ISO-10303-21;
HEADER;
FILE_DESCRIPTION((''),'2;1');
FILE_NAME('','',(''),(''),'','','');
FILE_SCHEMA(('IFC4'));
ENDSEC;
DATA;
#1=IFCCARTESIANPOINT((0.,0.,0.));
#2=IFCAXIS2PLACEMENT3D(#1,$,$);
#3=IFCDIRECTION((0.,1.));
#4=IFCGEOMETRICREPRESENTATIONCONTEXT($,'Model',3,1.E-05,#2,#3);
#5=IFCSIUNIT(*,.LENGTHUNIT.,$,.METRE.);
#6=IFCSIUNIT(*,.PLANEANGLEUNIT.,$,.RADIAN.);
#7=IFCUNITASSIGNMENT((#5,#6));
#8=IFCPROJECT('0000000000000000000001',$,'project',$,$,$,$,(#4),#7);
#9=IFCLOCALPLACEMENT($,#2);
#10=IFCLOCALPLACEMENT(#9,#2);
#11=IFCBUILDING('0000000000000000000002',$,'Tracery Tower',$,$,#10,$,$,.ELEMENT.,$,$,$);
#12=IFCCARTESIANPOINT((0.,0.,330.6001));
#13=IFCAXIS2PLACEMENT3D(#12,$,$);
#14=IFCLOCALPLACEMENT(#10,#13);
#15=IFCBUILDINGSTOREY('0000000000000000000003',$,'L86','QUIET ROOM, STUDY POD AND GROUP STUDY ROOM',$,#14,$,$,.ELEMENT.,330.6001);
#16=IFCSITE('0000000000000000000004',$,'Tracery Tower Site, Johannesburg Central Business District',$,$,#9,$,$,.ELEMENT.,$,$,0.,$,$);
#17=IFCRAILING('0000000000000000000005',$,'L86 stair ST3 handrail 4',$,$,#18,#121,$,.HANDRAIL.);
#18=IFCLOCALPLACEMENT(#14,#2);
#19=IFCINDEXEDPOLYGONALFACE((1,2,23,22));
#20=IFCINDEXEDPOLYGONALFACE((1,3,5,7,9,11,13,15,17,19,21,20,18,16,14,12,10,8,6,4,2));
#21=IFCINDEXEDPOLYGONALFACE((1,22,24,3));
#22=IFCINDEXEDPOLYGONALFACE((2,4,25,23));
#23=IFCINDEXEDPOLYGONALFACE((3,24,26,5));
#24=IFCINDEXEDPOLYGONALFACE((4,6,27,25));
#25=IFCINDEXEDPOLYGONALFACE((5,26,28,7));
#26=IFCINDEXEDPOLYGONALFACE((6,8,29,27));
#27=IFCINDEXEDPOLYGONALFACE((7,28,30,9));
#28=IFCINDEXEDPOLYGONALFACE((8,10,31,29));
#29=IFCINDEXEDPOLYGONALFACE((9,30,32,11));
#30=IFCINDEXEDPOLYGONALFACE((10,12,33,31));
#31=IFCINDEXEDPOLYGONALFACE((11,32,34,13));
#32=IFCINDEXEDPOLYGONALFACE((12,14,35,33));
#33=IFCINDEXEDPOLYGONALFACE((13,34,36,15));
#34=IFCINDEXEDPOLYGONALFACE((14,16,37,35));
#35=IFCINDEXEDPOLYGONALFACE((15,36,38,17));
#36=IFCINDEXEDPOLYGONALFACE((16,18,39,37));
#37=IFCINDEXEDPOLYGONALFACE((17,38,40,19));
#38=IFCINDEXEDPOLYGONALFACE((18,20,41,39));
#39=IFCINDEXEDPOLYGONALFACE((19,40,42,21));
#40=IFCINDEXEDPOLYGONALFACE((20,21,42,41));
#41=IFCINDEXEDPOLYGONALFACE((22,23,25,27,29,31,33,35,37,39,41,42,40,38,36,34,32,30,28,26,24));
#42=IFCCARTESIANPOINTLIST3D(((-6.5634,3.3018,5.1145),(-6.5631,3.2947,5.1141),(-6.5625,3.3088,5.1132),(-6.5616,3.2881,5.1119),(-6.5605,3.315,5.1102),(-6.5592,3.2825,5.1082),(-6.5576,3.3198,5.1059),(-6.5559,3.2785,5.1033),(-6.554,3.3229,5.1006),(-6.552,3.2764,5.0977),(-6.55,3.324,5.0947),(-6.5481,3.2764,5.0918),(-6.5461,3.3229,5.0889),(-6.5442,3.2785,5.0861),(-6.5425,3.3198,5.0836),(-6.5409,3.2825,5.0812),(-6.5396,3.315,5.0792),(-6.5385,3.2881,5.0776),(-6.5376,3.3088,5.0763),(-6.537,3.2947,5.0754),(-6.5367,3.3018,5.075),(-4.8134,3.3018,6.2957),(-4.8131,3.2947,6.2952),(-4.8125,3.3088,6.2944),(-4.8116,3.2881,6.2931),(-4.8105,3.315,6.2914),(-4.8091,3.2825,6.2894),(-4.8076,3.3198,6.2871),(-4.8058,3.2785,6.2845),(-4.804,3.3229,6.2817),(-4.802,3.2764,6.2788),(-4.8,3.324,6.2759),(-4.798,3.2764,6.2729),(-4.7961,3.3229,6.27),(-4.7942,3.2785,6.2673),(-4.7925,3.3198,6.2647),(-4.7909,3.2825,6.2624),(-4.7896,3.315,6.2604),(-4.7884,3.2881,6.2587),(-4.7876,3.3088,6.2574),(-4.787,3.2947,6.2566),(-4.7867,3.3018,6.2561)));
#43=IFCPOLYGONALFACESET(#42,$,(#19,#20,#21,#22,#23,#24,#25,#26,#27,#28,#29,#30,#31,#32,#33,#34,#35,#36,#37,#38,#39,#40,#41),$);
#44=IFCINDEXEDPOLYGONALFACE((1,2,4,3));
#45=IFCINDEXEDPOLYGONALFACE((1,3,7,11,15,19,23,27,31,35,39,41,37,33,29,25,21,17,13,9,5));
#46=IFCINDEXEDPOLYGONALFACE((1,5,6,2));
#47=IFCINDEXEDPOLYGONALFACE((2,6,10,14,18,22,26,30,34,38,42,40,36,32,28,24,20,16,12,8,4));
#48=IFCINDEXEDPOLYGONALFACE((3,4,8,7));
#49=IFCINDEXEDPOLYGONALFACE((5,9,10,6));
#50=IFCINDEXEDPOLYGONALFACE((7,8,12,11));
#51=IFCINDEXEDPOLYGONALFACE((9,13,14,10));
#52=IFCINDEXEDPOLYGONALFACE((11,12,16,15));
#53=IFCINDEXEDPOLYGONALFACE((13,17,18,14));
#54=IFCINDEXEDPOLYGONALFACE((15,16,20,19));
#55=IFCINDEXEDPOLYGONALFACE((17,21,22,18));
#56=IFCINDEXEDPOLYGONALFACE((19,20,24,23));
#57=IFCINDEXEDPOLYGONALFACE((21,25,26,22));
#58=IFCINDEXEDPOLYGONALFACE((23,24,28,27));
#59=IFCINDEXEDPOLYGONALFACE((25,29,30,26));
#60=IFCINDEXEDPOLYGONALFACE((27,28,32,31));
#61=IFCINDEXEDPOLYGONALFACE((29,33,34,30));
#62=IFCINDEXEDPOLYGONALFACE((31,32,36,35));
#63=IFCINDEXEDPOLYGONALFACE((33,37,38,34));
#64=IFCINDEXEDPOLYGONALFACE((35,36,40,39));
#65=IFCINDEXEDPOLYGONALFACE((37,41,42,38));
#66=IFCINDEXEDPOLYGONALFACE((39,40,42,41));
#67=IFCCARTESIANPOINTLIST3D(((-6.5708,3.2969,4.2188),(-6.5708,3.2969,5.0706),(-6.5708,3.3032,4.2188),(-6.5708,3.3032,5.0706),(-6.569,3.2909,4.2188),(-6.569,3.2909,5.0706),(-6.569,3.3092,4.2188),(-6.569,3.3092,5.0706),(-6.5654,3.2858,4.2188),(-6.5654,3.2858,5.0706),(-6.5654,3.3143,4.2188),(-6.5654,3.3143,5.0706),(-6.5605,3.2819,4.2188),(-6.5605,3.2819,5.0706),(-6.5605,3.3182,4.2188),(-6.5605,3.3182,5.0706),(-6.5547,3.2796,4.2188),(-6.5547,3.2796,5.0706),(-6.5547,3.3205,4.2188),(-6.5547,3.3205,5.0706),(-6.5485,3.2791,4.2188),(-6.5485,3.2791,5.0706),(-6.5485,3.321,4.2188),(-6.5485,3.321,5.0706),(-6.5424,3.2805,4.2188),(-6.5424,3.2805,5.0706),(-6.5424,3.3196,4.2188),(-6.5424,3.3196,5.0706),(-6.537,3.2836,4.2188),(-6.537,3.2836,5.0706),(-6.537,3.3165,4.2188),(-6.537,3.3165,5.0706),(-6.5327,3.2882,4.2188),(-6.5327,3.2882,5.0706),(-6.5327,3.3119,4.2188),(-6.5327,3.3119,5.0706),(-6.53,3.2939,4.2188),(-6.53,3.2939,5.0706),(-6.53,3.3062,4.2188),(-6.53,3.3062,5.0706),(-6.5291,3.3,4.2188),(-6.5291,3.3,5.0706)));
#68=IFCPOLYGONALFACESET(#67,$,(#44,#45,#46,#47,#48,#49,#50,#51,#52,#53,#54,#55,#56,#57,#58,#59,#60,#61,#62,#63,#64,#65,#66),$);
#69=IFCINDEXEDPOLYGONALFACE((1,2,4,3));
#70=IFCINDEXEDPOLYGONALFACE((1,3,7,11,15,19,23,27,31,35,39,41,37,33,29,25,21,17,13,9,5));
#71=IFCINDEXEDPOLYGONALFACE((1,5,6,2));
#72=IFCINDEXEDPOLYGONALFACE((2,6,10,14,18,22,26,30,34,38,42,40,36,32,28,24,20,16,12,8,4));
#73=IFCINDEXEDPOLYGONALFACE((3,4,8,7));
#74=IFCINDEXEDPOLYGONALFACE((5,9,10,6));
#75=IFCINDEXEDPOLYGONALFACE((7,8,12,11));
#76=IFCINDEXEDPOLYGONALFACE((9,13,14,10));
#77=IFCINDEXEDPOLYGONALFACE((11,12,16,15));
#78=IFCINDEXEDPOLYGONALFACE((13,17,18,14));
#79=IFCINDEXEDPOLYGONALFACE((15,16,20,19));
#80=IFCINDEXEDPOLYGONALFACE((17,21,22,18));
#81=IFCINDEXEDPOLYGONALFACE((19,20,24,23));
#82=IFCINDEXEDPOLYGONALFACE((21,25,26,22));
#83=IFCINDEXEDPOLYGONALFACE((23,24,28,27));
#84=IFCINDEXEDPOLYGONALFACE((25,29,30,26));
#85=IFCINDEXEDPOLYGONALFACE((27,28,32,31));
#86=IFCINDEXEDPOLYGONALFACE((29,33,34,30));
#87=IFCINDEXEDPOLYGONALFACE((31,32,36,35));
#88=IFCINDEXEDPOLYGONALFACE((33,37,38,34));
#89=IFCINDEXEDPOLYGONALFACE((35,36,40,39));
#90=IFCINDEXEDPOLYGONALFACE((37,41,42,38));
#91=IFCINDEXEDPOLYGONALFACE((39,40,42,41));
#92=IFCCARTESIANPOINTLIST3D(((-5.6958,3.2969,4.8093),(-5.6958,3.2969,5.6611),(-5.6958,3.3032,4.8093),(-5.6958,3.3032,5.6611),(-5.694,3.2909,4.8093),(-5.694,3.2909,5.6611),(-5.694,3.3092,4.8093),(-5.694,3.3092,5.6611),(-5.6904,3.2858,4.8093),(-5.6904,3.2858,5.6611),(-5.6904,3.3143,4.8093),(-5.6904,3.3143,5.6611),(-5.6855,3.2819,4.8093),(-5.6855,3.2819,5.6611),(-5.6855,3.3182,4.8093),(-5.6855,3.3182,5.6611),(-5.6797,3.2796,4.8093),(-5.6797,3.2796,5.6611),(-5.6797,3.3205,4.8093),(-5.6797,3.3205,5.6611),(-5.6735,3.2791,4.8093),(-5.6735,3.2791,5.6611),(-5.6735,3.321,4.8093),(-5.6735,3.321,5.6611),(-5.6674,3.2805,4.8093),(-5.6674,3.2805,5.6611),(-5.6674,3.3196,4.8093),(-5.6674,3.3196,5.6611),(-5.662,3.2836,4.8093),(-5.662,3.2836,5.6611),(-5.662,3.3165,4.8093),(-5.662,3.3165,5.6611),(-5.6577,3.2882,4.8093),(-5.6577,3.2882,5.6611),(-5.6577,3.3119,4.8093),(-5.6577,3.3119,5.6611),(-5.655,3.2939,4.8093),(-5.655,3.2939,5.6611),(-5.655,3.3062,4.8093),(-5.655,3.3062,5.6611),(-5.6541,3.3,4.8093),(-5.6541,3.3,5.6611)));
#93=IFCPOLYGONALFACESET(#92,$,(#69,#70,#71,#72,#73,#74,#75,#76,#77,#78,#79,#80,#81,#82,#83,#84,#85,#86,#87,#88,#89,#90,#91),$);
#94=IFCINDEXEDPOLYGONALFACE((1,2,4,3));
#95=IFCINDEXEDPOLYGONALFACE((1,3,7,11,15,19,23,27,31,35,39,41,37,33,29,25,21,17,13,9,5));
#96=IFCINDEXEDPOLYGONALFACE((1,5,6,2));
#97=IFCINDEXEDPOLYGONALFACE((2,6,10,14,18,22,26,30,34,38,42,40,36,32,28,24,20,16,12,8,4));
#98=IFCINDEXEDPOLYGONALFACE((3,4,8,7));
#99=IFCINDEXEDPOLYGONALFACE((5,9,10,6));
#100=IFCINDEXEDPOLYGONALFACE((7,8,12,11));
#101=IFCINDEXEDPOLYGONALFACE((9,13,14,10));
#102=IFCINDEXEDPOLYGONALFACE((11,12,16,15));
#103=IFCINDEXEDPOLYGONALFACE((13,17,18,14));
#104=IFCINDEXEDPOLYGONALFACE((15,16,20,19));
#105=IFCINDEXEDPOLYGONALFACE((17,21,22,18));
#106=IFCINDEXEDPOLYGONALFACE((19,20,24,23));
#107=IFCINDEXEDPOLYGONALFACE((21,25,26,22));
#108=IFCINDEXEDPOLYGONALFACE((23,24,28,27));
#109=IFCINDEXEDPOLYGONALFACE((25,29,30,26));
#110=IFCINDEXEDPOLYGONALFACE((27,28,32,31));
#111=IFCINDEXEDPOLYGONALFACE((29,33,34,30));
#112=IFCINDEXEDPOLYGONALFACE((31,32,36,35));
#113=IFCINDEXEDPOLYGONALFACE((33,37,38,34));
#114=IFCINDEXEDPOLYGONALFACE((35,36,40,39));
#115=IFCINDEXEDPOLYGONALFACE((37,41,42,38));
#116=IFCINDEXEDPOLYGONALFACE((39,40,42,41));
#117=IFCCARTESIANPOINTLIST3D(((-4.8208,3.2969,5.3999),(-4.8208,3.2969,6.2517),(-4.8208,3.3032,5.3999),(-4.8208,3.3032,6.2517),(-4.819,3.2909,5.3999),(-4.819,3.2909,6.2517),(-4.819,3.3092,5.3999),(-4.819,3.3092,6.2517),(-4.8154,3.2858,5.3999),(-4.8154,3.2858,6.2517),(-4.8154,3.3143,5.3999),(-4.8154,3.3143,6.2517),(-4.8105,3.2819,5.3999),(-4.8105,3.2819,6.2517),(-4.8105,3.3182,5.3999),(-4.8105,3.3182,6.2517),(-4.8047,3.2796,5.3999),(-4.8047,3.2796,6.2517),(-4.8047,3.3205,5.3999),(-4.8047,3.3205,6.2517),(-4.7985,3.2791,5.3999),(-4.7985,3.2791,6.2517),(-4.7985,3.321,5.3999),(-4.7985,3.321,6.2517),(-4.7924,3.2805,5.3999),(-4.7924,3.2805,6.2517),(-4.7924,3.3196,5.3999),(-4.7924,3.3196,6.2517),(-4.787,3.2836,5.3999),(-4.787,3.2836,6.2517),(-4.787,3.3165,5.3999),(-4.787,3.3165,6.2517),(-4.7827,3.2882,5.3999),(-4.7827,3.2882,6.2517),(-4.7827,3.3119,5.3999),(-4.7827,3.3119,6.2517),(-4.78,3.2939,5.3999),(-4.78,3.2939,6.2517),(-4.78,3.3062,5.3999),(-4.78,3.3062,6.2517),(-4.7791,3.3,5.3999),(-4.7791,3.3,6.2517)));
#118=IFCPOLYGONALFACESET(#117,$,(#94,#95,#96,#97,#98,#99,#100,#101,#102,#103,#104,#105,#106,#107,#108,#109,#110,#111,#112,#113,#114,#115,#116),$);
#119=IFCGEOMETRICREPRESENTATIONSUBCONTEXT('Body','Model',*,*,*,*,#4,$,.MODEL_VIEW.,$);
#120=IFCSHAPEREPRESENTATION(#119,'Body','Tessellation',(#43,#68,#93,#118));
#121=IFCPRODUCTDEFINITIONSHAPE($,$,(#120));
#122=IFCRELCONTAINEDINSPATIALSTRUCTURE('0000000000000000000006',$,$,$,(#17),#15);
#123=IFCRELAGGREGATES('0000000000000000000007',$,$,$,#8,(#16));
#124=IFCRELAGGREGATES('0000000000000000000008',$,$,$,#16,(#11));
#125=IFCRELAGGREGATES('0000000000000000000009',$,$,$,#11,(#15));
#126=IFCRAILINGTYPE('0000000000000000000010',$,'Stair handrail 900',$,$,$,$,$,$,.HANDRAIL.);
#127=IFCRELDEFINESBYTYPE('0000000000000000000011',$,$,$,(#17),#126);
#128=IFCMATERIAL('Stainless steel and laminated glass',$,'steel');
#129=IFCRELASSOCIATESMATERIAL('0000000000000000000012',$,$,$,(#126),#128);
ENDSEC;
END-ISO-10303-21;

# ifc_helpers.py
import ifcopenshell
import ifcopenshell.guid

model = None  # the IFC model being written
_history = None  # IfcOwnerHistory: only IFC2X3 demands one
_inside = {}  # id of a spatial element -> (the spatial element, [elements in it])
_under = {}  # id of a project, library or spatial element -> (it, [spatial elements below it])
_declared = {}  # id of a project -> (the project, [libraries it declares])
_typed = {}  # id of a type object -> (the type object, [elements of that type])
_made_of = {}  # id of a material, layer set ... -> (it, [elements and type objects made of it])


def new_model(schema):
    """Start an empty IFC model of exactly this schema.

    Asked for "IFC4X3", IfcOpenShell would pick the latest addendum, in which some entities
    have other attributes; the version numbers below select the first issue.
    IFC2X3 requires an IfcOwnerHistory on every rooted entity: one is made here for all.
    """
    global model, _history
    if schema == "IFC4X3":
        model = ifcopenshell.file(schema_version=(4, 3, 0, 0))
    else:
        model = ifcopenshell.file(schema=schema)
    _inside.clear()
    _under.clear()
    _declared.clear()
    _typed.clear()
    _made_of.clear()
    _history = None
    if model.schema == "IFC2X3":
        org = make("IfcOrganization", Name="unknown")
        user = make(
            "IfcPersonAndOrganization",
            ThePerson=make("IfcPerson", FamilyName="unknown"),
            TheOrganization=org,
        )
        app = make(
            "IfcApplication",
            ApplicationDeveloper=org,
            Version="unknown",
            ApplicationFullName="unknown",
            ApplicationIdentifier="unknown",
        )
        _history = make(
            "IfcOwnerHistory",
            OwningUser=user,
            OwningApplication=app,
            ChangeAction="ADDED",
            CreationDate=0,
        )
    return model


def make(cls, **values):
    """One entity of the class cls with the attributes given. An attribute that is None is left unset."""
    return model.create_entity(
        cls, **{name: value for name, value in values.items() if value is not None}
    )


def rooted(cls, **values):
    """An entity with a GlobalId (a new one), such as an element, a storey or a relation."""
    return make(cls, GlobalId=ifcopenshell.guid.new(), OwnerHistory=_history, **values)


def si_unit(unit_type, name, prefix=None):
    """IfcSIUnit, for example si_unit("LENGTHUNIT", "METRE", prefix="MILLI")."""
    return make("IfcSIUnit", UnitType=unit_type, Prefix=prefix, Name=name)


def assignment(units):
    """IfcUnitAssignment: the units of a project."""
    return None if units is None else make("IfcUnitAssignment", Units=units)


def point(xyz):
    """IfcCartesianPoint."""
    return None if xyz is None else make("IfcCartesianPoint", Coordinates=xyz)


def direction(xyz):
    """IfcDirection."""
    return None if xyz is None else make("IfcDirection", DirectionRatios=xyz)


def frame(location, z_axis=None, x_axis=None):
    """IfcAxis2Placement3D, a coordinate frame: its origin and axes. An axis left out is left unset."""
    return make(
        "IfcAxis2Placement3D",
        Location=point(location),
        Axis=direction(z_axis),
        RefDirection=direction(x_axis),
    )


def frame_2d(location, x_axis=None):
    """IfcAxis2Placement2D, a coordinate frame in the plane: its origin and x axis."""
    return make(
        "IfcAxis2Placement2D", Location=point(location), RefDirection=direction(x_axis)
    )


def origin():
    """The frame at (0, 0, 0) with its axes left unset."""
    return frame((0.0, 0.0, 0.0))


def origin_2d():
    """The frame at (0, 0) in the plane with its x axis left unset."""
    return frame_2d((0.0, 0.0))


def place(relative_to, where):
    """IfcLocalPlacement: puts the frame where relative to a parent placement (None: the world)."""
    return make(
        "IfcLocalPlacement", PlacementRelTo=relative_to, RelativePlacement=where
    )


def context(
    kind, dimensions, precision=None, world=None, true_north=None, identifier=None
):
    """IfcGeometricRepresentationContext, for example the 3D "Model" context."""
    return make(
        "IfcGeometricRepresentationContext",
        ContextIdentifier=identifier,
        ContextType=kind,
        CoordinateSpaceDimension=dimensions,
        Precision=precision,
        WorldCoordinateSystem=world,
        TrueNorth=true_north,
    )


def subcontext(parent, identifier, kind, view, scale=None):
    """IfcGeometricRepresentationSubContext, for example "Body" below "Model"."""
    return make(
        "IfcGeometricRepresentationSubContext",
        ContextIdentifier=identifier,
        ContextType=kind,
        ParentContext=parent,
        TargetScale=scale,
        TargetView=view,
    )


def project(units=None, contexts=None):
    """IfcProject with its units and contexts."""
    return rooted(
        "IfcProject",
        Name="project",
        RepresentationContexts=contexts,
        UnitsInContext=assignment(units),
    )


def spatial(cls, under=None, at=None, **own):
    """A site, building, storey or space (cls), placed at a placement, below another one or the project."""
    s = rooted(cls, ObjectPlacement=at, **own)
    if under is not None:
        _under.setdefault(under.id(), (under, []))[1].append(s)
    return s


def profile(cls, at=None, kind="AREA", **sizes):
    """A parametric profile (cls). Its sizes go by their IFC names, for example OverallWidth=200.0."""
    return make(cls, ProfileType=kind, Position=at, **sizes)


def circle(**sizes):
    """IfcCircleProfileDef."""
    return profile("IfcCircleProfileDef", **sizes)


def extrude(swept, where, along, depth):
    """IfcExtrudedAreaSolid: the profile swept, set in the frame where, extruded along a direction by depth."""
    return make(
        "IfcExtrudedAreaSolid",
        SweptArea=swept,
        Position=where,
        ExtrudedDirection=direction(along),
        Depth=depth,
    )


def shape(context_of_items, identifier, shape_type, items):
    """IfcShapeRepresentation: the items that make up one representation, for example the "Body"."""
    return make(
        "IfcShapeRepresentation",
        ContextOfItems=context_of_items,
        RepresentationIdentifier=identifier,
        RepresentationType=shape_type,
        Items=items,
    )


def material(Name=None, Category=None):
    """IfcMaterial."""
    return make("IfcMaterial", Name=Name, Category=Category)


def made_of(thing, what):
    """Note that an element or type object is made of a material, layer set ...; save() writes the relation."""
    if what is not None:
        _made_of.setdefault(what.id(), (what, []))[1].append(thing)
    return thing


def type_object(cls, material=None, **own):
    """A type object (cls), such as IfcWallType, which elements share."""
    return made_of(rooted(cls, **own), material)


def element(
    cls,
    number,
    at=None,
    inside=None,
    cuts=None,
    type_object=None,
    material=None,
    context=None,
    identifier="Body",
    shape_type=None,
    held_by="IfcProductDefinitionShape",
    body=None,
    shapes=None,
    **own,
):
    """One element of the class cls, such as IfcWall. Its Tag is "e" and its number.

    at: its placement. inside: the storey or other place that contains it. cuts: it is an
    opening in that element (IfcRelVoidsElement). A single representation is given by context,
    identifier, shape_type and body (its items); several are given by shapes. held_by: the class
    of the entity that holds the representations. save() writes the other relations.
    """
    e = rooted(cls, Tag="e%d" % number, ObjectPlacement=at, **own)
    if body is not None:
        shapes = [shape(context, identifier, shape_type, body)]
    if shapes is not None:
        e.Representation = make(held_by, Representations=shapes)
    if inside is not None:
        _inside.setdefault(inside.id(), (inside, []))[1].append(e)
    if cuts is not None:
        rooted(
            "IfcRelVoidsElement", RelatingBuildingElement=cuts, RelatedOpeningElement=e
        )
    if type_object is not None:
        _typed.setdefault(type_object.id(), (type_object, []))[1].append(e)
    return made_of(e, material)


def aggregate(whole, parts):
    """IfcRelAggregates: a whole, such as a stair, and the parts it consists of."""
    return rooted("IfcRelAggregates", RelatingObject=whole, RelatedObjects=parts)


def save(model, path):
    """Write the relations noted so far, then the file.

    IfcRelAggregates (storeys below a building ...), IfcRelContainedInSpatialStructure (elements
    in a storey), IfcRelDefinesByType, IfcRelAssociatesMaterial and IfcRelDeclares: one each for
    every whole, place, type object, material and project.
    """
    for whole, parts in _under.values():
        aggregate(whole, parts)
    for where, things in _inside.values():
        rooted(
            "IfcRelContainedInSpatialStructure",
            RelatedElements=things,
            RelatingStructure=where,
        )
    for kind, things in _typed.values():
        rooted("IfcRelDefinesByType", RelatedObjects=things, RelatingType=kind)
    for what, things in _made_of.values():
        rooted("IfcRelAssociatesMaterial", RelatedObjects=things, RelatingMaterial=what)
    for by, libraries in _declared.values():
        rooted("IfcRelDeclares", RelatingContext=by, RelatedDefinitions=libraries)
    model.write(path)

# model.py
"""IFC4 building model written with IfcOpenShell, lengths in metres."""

from ifc_helpers import new_model, si_unit, direction, frame, origin, origin_2d, place, context, subcontext, project, spatial, circle, extrude, material, type_object, element, save


model = new_model("IFC4")

# Units and contexts
model_context = context("Model", 3, precision=1e-05, world=origin(), true_north=direction((0.0, 1.0)))
body_context = subcontext(model_context, "Body", "Model", "MODEL_VIEW")
ifc_project = project(units=[si_unit("LENGTHUNIT", "METRE"), si_unit("PLANEANGLEUNIT", "RADIAN")], contexts=[model_context])

# Site, building, storey
site_placement = place(None, origin())
site = spatial("IfcSite", under=ifc_project, at=site_placement, Name="Tracery Tower Site, Johannesburg Central Business District", CompositionType="ELEMENT", RefElevation=0.0)
building_placement = place(site_placement, origin())
building = spatial("IfcBuilding", under=site, at=building_placement, Name="Tracery Tower", CompositionType="ELEMENT")
storey_placement = place(building_placement, frame((0.0, 0.0, 330.6001)))
storey = spatial("IfcBuildingStorey", under=building, at=storey_placement, Name="L86", Description="QUIET ROOM, STUDY POD AND GROUP STUDY ROOM", CompositionType="ELEMENT", Elevation=330.6001)

# Railing
ifc_material_1 = material(Name="Stainless steel and laminated glass", Category="steel")
railing_type_1 = type_object("IfcRailingType", Name="Stair handrail 900", PredefinedType="HANDRAIL", material=ifc_material_1)
railing_1_placement = place(storey_placement, frame((-6.55, 3.3, 4.2188)))
element("IfcRailing", 1, at=railing_1_placement, inside=storey, type_object=railing_type_1, Name="L86 stair ST3 handrail 4", PredefinedType="HANDRAIL", context=body_context, shape_type="SweptSolid", body=[
    extrude(circle(Radius=0.0239, at=origin_2d()), frame((0.0, 0.0, 0.876), z_axis=(0.82887, 0.0, 0.559441), x_axis=(0.0, 1.0, 0.0)), (0.0, 0.0, 1.0), 2.1113),
    extrude(circle(Radius=0.021, at=origin_2d()), origin(), (0.0, 0.0, 1.0), 0.8518),
    extrude(circle(Radius=0.021, at=origin_2d()), frame((0.875, 0.0, 0.5906)), (0.0, 0.0, 1.0), 0.8518),
    extrude(circle(Radius=0.021, at=origin_2d()), frame((1.75, 0.0, 1.1812)), (0.0, 0.0, 1.0), 0.8518),
])

save(model, "model.ifc")
